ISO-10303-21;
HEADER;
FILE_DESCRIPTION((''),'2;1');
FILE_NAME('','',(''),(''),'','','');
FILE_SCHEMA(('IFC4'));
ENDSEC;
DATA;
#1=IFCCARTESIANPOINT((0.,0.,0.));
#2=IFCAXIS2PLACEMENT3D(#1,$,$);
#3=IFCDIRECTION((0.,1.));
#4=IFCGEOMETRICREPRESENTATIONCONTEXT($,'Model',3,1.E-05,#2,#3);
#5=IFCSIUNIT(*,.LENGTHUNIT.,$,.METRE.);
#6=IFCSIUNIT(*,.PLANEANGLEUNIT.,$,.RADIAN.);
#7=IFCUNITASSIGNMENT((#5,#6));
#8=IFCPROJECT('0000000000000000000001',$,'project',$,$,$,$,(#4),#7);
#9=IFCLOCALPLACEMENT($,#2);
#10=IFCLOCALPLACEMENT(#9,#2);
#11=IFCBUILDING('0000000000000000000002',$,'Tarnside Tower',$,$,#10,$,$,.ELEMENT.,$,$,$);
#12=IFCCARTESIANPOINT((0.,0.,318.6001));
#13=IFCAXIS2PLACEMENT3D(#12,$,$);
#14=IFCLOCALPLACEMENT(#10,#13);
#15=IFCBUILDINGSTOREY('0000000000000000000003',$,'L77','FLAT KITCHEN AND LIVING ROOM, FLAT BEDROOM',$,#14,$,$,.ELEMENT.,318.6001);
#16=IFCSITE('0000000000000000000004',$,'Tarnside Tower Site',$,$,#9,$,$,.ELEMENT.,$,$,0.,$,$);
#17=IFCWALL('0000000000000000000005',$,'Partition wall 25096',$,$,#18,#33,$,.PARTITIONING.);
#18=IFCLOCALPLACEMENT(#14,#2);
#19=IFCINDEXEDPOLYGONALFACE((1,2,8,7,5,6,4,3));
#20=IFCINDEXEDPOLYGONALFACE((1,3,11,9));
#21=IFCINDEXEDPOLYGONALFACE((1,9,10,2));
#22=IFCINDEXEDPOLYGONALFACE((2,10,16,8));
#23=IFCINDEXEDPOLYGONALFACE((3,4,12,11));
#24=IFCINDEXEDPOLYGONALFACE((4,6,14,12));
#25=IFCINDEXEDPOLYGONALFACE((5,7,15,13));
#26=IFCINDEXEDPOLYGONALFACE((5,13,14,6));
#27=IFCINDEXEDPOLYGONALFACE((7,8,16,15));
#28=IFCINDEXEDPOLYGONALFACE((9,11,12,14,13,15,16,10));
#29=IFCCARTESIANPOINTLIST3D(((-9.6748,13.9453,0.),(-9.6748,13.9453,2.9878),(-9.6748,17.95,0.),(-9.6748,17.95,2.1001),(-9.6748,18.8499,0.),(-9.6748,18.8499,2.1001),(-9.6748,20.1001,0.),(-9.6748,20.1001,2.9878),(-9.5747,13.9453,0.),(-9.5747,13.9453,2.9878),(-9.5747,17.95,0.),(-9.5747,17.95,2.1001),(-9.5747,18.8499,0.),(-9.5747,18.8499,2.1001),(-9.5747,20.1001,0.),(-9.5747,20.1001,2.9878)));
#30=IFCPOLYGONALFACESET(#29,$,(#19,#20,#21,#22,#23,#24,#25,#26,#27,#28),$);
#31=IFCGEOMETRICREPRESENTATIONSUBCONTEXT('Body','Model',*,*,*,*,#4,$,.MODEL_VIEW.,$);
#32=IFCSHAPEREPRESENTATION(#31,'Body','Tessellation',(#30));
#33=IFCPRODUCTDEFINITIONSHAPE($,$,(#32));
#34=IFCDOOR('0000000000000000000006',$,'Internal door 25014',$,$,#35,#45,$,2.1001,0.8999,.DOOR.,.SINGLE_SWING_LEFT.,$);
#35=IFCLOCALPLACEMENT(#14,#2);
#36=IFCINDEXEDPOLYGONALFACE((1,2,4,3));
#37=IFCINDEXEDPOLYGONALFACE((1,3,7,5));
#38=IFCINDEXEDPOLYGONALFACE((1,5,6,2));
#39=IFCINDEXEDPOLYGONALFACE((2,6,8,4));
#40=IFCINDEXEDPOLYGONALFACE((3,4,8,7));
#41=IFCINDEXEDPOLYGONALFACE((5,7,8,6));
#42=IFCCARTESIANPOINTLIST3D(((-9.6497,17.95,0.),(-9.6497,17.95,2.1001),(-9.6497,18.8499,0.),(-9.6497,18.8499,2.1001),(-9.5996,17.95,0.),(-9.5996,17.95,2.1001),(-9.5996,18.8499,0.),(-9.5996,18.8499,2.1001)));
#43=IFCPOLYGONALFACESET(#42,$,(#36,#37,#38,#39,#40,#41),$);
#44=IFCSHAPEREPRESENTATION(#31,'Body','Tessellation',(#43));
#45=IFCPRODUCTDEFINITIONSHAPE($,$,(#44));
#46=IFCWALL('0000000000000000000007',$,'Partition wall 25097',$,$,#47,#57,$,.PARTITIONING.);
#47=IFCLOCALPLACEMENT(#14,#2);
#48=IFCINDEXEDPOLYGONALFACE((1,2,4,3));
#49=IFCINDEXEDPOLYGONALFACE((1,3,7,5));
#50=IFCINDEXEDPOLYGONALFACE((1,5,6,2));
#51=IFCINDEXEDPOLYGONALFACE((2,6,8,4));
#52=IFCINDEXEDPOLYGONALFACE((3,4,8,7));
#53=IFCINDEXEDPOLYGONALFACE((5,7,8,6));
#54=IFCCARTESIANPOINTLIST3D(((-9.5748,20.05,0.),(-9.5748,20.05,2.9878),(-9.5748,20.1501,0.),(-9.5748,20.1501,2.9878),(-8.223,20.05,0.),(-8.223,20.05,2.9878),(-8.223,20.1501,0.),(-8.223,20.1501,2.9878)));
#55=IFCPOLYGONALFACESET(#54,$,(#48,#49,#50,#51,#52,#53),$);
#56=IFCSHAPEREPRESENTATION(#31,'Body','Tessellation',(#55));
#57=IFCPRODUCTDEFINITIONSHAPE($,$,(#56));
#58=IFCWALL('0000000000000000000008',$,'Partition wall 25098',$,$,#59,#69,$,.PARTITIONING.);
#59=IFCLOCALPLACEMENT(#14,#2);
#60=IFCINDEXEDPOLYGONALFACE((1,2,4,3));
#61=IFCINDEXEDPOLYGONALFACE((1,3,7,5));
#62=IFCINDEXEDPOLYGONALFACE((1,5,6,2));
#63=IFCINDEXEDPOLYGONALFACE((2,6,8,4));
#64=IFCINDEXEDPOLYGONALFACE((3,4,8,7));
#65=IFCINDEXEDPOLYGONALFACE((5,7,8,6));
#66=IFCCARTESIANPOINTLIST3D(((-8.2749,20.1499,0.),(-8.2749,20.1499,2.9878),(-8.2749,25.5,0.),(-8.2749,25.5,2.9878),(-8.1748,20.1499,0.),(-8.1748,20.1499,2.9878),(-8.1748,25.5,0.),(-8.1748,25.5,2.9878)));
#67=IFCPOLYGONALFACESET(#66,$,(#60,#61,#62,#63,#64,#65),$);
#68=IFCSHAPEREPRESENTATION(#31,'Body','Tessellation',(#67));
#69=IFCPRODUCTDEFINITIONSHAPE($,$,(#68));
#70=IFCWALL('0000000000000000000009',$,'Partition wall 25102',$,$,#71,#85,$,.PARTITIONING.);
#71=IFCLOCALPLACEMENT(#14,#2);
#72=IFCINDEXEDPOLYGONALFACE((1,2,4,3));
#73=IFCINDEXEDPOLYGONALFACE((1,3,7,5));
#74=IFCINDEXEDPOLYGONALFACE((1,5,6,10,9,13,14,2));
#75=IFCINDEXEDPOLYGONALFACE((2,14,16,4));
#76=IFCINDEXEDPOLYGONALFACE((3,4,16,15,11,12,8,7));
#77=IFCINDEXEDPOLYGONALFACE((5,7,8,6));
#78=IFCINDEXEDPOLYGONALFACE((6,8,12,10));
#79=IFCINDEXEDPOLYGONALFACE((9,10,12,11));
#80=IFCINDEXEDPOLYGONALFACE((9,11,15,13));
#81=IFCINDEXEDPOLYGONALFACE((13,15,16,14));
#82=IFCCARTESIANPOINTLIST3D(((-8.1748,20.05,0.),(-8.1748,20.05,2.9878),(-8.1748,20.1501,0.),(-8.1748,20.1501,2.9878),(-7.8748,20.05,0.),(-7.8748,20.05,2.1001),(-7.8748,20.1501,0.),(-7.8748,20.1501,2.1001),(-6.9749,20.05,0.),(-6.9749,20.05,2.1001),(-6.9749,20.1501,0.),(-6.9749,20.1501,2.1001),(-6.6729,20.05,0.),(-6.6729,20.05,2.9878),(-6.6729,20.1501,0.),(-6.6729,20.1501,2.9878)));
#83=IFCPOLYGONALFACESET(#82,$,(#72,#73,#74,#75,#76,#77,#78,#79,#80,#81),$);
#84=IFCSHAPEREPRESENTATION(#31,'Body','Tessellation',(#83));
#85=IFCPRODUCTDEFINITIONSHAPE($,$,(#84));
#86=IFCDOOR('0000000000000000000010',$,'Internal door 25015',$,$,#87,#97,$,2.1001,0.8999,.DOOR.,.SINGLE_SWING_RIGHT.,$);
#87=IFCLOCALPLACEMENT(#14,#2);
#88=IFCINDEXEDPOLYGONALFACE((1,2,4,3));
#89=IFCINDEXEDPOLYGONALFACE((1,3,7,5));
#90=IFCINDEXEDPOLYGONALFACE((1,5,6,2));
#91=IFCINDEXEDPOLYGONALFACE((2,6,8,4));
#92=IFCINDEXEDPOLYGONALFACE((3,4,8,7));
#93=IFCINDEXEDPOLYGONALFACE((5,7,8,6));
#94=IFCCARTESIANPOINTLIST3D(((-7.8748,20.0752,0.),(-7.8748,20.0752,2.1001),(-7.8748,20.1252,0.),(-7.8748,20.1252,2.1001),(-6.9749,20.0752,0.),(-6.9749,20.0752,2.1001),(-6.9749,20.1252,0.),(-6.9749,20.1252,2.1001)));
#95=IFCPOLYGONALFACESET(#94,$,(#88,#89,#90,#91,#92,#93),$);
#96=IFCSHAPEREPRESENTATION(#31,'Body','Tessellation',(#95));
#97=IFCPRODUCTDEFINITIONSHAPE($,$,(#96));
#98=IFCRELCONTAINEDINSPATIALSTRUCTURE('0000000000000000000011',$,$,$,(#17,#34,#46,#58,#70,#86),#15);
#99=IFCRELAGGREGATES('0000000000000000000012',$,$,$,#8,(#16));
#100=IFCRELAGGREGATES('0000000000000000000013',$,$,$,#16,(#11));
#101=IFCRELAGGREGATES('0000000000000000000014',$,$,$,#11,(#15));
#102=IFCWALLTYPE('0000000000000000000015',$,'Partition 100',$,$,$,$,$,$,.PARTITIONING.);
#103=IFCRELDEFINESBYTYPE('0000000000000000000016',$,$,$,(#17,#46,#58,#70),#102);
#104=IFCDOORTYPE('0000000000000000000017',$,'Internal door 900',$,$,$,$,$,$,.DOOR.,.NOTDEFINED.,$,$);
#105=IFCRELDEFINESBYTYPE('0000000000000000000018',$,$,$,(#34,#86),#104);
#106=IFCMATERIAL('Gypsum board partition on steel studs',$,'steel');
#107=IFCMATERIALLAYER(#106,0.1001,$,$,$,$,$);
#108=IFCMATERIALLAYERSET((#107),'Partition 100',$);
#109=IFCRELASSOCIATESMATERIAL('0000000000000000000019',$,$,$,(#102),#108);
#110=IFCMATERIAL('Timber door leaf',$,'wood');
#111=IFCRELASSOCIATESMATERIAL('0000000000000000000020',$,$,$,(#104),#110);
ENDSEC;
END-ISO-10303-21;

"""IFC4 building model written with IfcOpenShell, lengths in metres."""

from ifc_helpers import new_model, si_unit, direction, frame, frame_2d, origin, place, context, subcontext, project, spatial, rectangle, extrude, material, layer, layer_set, type_object, element, fill, save


model = new_model("IFC4")

# Units and contexts
model_context = context("Model", 3, precision=1e-05, world=origin(), true_north=direction((0.0, 1.0)))
body_context = subcontext(model_context, "Body", "Model", "MODEL_VIEW")
ifc_project = project(units=[si_unit("LENGTHUNIT", "METRE"), si_unit("PLANEANGLEUNIT", "RADIAN")], contexts=[model_context])

# Site, building, storey
site_placement = place(None, origin())
site = spatial("IfcSite", under=ifc_project, at=site_placement, Name="Tarnside Tower Site", CompositionType="ELEMENT", RefElevation=0.0)
building_placement = place(site_placement, origin())
building = spatial("IfcBuilding", under=site, at=building_placement, Name="Tarnside Tower", CompositionType="ELEMENT")
storey_placement = place(building_placement, frame((0.0, 0.0, 318.6001)))
storey = spatial("IfcBuildingStorey", under=building, at=storey_placement, Name="L77", Description="FLAT KITCHEN AND LIVING ROOM, FLAT BEDROOM", CompositionType="ELEMENT", Elevation=318.6001)

# Shared definitions
ifc_material_1 = material(Name="Gypsum board partition on steel studs", Category="steel")
ifc_material_2 = material(Name="Timber door leaf", Category="wood")

# Wall, opening, door
ifc_layer_1 = layer(ifc_material_1, 0.1001)
ifc_layer_set_1 = layer_set([ifc_layer_1], Name="Partition 100")
wall_type_1 = type_object("IfcWallType", Name="Partition 100", PredefinedType="PARTITIONING", material=ifc_layer_set_1)
wall_1_placement = place(storey_placement, frame((-9.6248, 13.9453, 0.0), z_axis=(0.0, 0.0, 1.0), x_axis=(0.0, 1.0, 0.0)))
wall_1 = element("IfcWall", 1, at=wall_1_placement, inside=storey, type_object=wall_type_1, Name="Partition wall 25096", PredefinedType="PARTITIONING", context=body_context, shape_type="SweptSolid", body=[
    extrude(rectangle(XDim=6.1548, YDim=0.1001, at=frame_2d((3.0774, 0.0))), origin(), (0.0, 0.0, 1.0), 2.9878),
])
opening_1_placement = place(wall_1_placement, frame((4.0046, 0.0, 0.0)))
opening_1 = element("IfcOpeningElement", 2, at=opening_1_placement, cuts=wall_1, PredefinedType="OPENING", context=body_context, shape_type="SweptSolid", body=[
    extrude(rectangle(XDim=0.8999, YDim=2.1001, at=frame_2d((0.45, 1.05))), frame((0.0, 0.0601, 0.0), z_axis=(0.0, -1.0, 0.0), x_axis=(1.0, 0.0, 0.0)), (0.0, 0.0, 1.0), 0.1201),
])
door_type_1 = type_object("IfcDoorType", Name="Internal door 900", OperationType="NOTDEFINED", PredefinedType="DOOR", material=ifc_material_2)
door_1_placement = place(opening_1_placement, origin())
door_1 = element("IfcDoor", 3, at=door_1_placement, inside=storey, type_object=door_type_1, Name="Internal door 25014", OperationType="SINGLE_SWING_LEFT", OverallHeight=2.1001, OverallWidth=0.8999, PredefinedType="DOOR", context=body_context, shape_type="SweptSolid", body=[
    extrude(rectangle(XDim=0.8999, YDim=2.1001, at=frame_2d((0.45, 1.05))), frame((0.0, 0.0249, 0.0), z_axis=(0.0, -1.0, 0.0), x_axis=(1.0, 0.0, 0.0)), (0.0, 0.0, 1.0), 0.05),
])
fill(opening_1, door_1)

# Walls
wall_2_placement = place(storey_placement, frame((-9.5747, 20.1001, 0.0), z_axis=(0.0, 0.0, 1.0), x_axis=(1.0, 0.0, 0.0)))
element("IfcWall", 4, at=wall_2_placement, inside=storey, type_object=wall_type_1, Name="Partition wall 25097", PredefinedType="PARTITIONING", context=body_context, shape_type="SweptSolid", body=[
    extrude(rectangle(XDim=1.3518, YDim=0.1001, at=frame_2d((0.6758, 0.0))), origin(), (0.0, 0.0, 1.0), 2.9878),
])
wall_3_placement = place(storey_placement, frame((-8.2249, 20.1499, 0.0), z_axis=(0.0, 0.0, 1.0), x_axis=(0.0, 1.0, 0.0)))
element("IfcWall", 5, at=wall_3_placement, inside=storey, type_object=wall_type_1, Name="Partition wall 25098", PredefinedType="PARTITIONING", context=body_context, shape_type="SweptSolid", body=[
    extrude(rectangle(XDim=5.3501, YDim=0.1001, at=frame_2d((2.675, 0.0))), origin(), (0.0, 0.0, 1.0), 2.9878),
])

# Wall, opening, door
wall_4_placement = place(storey_placement, frame((-6.6729, 20.1001, 0.0), z_axis=(0.0, 0.0, 1.0), x_axis=(-1.0, 0.0, 0.0)))
wall_4 = element("IfcWall", 6, at=wall_4_placement, inside=storey, type_object=wall_type_1, Name="Partition wall 25102", PredefinedType="PARTITIONING", context=body_context, shape_type="SweptSolid", body=[
    extrude(rectangle(XDim=1.502, YDim=0.1001, at=frame_2d((0.751, 0.0))), origin(), (0.0, 0.0, 1.0), 2.9878),
])
opening_2_placement = place(wall_4_placement, frame((0.302, 0.0, 0.0)))
opening_2 = element("IfcOpeningElement", 7, at=opening_2_placement, cuts=wall_4, PredefinedType="OPENING", context=body_context, shape_type="SweptSolid", body=[
    extrude(rectangle(XDim=0.8999, YDim=2.1001, at=frame_2d((0.45, 1.05))), frame((0.0, 0.0601, 0.0), z_axis=(0.0, -1.0, 0.0), x_axis=(1.0, 0.0, 0.0)), (0.0, 0.0, 1.0), 0.1201),
])
door_2_placement = place(opening_2_placement, origin())
door_2 = element("IfcDoor", 8, at=door_2_placement, inside=storey, type_object=door_type_1, Name="Internal door 25015", OperationType="SINGLE_SWING_RIGHT", OverallHeight=2.1001, OverallWidth=0.8999, PredefinedType="DOOR", context=body_context, shape_type="SweptSolid", body=[
    extrude(rectangle(XDim=0.8999, YDim=2.1001, at=frame_2d((0.45, 1.05))), frame((0.0, 0.0249, 0.0), z_axis=(0.0, -1.0, 0.0), x_axis=(1.0, 0.0, 0.0)), (0.0, 0.0, 1.0), 0.05),
])
fill(opening_2, door_2)

save(model, "model.ifc")
